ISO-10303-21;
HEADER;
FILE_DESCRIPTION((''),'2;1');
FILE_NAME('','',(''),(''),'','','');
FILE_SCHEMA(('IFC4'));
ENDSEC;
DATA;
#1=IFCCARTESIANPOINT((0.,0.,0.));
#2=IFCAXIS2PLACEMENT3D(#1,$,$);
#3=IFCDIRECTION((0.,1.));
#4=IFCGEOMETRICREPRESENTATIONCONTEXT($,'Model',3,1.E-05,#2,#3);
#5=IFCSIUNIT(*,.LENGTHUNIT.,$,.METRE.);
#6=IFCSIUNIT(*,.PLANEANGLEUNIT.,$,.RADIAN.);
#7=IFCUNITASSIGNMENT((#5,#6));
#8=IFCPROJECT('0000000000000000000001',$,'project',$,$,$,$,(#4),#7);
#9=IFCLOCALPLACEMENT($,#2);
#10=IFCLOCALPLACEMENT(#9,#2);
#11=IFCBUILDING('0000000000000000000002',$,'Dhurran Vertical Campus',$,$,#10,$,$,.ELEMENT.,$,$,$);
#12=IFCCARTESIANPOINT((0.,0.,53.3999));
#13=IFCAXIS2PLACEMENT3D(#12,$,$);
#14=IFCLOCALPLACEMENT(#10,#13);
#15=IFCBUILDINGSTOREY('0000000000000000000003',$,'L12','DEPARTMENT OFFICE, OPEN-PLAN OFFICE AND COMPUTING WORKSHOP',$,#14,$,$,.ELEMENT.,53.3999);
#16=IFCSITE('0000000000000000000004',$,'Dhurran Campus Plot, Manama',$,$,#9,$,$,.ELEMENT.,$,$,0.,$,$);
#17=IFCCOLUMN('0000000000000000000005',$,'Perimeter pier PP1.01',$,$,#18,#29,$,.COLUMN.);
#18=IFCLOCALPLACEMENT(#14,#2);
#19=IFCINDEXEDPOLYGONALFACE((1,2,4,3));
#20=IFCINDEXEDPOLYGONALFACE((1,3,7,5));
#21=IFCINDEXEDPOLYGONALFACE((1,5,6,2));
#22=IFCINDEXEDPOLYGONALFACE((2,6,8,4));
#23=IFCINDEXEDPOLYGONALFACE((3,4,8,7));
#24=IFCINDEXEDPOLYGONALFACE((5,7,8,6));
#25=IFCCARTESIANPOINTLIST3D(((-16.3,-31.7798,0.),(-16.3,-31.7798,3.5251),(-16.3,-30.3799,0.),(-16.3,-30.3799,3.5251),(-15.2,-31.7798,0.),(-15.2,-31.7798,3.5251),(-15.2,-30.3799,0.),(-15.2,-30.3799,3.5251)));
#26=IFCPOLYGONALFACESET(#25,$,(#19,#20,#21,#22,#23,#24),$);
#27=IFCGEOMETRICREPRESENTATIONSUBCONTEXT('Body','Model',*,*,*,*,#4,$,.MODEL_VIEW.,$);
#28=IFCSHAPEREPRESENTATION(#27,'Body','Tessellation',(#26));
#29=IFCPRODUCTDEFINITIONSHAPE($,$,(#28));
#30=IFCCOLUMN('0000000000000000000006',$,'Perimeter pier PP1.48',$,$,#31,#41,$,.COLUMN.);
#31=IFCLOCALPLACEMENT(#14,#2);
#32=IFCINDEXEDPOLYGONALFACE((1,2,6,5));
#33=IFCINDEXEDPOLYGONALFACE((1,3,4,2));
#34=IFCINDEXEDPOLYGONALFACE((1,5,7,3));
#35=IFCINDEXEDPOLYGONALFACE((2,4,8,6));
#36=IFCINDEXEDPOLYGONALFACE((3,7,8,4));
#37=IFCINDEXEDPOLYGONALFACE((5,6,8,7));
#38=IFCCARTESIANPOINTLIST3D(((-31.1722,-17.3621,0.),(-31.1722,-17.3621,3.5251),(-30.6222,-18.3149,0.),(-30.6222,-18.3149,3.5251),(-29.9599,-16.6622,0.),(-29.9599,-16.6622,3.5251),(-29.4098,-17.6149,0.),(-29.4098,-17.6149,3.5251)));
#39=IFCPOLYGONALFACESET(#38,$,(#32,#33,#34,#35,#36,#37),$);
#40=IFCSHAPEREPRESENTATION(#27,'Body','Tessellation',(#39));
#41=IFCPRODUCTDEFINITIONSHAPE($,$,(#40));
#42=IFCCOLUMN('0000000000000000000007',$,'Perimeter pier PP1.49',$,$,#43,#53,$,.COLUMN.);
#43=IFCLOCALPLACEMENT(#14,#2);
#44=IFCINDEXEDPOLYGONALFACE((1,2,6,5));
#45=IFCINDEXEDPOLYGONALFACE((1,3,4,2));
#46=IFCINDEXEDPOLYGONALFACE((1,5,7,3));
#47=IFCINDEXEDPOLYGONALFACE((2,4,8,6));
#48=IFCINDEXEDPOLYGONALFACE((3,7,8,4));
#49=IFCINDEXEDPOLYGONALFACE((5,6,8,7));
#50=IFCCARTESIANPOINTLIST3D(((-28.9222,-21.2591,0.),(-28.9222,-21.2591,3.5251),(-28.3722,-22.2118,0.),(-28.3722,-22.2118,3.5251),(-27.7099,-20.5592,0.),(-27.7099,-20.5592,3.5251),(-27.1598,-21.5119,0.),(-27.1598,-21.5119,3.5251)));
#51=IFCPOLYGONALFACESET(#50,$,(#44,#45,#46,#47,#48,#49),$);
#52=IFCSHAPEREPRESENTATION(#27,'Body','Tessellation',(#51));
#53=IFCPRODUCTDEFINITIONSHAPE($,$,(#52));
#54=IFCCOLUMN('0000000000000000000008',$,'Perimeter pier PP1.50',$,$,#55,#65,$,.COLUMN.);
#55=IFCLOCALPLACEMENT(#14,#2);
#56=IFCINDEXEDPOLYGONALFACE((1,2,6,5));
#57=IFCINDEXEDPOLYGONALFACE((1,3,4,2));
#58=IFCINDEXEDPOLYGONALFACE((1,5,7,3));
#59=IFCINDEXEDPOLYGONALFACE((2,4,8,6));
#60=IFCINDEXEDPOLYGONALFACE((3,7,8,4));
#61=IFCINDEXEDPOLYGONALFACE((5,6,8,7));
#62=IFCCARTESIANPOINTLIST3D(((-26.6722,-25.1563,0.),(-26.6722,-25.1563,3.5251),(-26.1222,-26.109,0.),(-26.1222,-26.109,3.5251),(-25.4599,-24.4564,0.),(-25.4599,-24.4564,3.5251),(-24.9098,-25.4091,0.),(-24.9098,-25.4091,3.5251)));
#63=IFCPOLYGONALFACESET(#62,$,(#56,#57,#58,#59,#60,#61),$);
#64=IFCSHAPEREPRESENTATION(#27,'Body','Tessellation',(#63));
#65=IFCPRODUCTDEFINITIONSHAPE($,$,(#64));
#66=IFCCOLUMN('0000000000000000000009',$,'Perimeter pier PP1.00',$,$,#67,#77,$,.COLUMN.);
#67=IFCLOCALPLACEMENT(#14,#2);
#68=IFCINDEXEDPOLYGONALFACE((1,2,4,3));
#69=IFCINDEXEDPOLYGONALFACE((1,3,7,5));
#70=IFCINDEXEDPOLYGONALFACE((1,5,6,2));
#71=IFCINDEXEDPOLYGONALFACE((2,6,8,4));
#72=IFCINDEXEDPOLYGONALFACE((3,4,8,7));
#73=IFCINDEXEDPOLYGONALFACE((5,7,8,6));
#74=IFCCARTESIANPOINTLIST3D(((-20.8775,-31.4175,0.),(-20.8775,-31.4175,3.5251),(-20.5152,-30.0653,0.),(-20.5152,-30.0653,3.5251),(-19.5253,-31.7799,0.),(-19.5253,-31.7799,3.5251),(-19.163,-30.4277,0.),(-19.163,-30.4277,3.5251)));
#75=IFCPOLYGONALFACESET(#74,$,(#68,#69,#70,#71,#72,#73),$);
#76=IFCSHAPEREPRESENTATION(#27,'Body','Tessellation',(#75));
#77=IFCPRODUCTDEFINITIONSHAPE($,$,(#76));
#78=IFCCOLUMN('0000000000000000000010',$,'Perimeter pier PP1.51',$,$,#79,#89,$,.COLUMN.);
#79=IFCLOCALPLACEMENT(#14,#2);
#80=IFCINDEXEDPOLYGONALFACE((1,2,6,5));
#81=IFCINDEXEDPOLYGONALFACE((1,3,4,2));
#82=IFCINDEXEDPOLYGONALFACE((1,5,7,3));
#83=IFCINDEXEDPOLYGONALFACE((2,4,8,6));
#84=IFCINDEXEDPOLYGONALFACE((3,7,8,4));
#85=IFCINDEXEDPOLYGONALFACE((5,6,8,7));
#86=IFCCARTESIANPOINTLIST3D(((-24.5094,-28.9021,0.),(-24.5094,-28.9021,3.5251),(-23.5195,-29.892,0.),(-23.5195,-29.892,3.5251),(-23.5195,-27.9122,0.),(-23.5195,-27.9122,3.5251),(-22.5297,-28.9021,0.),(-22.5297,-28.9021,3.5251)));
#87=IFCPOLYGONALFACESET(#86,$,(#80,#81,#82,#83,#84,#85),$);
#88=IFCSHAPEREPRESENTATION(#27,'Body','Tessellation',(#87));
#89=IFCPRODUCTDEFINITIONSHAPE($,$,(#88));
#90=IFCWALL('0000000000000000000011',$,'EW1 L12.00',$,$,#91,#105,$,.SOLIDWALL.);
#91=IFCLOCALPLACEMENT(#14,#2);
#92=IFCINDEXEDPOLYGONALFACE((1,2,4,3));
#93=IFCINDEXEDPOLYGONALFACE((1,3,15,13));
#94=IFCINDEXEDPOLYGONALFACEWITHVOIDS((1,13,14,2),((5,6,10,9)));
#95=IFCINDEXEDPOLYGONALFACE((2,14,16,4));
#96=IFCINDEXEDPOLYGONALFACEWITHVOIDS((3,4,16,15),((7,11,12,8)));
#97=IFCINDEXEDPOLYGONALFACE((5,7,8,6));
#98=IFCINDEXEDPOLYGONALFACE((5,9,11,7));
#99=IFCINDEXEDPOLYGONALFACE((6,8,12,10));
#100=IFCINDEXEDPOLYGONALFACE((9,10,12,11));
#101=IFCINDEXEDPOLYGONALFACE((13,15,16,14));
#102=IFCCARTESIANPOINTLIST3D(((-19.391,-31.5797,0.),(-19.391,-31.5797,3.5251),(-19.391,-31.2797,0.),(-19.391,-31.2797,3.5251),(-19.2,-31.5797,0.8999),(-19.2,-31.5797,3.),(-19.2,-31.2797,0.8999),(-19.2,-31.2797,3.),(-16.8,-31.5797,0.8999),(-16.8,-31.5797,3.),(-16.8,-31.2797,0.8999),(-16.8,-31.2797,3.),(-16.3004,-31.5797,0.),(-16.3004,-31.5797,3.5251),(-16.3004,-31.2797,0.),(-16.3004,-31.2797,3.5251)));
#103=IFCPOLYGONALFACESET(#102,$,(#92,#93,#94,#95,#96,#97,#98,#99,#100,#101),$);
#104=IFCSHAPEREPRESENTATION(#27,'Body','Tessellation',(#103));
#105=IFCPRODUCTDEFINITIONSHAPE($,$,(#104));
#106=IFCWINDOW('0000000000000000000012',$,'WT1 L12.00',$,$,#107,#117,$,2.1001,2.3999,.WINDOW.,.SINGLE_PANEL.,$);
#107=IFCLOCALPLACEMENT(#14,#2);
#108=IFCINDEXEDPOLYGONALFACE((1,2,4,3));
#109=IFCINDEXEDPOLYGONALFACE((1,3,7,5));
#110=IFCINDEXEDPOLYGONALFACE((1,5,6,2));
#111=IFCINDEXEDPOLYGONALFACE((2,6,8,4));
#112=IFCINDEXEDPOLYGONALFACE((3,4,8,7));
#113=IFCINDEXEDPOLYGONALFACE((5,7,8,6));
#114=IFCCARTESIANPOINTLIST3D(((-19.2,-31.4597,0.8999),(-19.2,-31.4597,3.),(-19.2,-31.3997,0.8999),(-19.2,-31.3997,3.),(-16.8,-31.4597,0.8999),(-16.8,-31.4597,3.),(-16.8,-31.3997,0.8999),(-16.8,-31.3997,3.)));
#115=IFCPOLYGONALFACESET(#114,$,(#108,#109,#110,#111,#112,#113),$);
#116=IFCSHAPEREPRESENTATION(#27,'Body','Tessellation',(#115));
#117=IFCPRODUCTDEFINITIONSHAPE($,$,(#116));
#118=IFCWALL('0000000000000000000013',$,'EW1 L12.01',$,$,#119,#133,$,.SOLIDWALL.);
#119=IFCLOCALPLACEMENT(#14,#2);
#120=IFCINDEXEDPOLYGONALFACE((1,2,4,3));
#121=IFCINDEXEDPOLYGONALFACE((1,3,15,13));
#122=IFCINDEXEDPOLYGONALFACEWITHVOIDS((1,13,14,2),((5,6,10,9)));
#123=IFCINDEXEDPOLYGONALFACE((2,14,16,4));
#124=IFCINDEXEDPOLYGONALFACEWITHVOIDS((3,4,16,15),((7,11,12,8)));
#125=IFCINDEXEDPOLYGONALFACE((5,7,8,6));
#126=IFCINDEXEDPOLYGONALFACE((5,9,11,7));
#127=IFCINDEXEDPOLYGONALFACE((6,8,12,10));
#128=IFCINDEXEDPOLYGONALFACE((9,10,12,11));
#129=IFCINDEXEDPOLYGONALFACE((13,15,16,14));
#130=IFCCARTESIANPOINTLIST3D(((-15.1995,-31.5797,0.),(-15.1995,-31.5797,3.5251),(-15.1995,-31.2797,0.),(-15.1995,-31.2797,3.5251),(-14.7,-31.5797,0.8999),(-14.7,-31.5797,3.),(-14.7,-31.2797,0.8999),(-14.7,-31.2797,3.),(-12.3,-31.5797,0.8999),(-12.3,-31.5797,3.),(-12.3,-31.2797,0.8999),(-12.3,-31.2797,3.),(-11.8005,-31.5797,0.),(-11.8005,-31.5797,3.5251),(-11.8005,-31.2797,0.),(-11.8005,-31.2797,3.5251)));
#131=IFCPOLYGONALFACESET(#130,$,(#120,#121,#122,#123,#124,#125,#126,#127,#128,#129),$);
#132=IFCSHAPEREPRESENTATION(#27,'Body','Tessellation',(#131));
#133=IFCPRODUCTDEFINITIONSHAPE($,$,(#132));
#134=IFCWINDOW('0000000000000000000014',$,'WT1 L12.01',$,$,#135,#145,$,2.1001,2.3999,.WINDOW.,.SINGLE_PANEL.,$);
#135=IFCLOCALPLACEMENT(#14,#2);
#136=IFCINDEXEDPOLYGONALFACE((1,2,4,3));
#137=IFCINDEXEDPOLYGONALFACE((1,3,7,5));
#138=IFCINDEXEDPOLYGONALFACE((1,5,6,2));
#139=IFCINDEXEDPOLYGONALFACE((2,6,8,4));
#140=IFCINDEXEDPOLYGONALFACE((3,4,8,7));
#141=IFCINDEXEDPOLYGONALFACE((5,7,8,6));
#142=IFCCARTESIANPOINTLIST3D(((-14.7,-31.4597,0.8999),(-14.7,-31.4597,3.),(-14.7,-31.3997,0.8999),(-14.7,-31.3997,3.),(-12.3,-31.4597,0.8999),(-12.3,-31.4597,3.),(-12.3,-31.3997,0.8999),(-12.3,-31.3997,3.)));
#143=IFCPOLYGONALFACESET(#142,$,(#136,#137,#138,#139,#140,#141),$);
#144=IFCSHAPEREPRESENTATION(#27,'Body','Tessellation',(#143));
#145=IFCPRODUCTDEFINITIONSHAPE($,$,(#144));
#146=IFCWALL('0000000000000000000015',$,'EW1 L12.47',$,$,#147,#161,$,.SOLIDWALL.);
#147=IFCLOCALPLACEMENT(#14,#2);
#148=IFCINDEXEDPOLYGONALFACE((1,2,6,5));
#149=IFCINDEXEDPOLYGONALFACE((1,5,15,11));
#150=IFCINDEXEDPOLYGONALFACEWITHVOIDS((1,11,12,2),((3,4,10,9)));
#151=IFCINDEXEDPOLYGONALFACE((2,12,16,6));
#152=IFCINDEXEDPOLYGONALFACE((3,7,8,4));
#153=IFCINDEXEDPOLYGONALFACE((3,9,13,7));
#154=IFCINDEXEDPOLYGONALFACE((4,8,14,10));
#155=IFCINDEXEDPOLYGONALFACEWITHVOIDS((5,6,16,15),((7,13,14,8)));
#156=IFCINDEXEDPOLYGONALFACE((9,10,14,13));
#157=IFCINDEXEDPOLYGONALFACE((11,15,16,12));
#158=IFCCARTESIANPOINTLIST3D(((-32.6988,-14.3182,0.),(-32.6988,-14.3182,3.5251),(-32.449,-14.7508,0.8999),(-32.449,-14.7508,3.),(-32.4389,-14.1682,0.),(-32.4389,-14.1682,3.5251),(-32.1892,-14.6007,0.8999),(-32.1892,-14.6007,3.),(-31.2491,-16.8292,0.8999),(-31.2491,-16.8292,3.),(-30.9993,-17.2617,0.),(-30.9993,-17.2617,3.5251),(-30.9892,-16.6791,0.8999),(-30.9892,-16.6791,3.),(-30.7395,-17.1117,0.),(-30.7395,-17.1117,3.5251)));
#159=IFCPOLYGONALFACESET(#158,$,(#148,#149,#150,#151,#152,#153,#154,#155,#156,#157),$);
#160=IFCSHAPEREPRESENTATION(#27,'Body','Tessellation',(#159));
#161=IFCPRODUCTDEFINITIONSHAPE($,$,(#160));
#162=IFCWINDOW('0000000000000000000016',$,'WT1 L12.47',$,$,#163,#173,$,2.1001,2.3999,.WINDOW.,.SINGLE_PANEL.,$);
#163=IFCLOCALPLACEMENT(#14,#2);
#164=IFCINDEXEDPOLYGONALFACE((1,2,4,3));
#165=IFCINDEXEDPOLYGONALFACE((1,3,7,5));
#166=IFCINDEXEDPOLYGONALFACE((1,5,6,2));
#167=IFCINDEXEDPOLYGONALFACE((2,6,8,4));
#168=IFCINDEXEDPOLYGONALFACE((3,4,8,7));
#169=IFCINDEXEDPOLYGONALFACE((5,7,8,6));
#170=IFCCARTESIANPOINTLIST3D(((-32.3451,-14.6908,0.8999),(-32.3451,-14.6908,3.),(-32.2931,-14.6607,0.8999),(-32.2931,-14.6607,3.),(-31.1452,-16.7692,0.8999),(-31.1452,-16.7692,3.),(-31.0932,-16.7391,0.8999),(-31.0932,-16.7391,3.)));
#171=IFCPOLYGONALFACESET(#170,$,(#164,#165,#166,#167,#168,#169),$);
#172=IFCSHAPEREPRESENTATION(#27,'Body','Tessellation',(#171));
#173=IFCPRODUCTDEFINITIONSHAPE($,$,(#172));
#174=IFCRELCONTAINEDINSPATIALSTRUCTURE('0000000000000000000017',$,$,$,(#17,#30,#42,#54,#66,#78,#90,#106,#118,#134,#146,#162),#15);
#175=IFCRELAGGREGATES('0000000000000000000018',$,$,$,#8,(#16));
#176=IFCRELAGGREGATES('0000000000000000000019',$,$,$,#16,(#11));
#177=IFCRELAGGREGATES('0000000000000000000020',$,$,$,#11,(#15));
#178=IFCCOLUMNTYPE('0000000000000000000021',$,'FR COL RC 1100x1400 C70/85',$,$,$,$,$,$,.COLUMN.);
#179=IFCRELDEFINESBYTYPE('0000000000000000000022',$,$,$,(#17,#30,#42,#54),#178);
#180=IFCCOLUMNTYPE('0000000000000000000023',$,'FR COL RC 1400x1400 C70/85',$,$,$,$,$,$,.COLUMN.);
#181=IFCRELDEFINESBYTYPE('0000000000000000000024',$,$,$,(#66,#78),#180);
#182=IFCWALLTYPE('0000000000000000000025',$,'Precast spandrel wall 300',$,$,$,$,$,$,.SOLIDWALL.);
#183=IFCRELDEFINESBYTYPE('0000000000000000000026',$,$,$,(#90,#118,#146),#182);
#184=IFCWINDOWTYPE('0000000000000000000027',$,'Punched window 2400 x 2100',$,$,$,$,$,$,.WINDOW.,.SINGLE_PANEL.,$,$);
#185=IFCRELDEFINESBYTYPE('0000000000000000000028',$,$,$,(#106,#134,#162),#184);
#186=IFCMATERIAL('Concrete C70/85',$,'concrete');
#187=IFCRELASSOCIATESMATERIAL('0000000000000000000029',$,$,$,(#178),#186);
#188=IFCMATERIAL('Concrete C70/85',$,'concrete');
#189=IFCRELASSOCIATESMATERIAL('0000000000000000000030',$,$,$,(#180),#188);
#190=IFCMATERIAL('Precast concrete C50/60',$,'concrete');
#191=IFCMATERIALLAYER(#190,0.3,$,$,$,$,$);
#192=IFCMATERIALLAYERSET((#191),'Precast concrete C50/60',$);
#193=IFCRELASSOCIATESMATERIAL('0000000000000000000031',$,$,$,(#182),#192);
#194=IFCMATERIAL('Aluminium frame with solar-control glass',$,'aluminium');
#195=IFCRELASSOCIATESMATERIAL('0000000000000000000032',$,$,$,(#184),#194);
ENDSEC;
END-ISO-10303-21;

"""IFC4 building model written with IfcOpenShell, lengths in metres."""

from ifc_helpers import new_model, si_unit, direction, frame, frame_2d, origin, origin_2d, place, context, subcontext, project, spatial, rectangle, extrude, material, layer, layer_set, material_profile, profile_set, type_object, element, fill, save


model = new_model("IFC4")

# Units and contexts
model_context = context("Model", 3, precision=1e-05, world=origin(), true_north=direction((0.0, 1.0)))
body_context = subcontext(model_context, "Body", "Model", "MODEL_VIEW")
ifc_project = project(units=[si_unit("LENGTHUNIT", "METRE"), si_unit("PLANEANGLEUNIT", "RADIAN")], contexts=[model_context])

# Site, building, storey
site_placement = place(None, origin())
site = spatial("IfcSite", under=ifc_project, at=site_placement, Name="Dhurran Campus Plot, Manama", CompositionType="ELEMENT", RefElevation=0.0)
building_placement = place(site_placement, origin())
building = spatial("IfcBuilding", under=site, at=building_placement, Name="Dhurran Vertical Campus", CompositionType="ELEMENT")
storey_placement = place(building_placement, frame((0.0, 0.0, 53.3999)))
storey = spatial("IfcBuildingStorey", under=building, at=storey_placement, Name="L12", Description="DEPARTMENT OFFICE, OPEN-PLAN OFFICE AND COMPUTING WORKSHOP", CompositionType="ELEMENT", Elevation=53.3999)

# Columns
ifc_material_1 = material(Name="Concrete C70/85", Category="concrete")
ifc_material_profile_1 = material_profile(ifc_material_1, rectangle(XDim=1.1001, YDim=1.3999, at=origin_2d()), Name="RC 1100x1400")
ifc_profile_set_1 = profile_set([ifc_material_profile_1], Name="Concrete C70/85")
column_type_1 = type_object("IfcColumnType", Name="FR COL RC 1100x1400 C70/85", PredefinedType="COLUMN", material=ifc_profile_set_1)
for number, where, z_axis, x_axis, name in (
    (1, (-15.75, -31.0798, 0.0), (0.0, 0.0, 1.0), (1.0, 0.0, 0.0), "Perimeter pier PP1.01"),
    (2, (-30.291, -17.4885, 0.0), (0.0, 0.0, 1.0), (0.5, -0.866025, 0.0), "Perimeter pier PP1.48"),
    (3, (-28.041, -21.3855, 0.0), (0.0, 0.0, 1.0), (0.5, -0.866025, 0.0), "Perimeter pier PP1.49"),
    (4, (-25.791, -25.2827, 0.0), (0.0, 0.0, 1.0), (0.5, -0.866025, 0.0), "Perimeter pier PP1.50"),
):
    element("IfcColumn", number, at=place(storey_placement, frame(where, z_axis=z_axis, x_axis=x_axis)), inside=storey, type_object=column_type_1, Name=name, PredefinedType="COLUMN", context=body_context, shape_type="SweptSolid", body=[
        extrude(rectangle(XDim=1.1001, YDim=1.3999, at=origin_2d()), origin(), (0.0, 0.0, 1.0), 3.5251),
    ])
ifc_material_2 = material(Name="Concrete C70/85", Category="concrete")
ifc_material_profile_2 = material_profile(ifc_material_2, rectangle(XDim=1.3999, YDim=1.3999, at=origin_2d()), Name="RC 1400x1400")
ifc_profile_set_2 = profile_set([ifc_material_profile_2], Name="Concrete C70/85")
column_type_2 = type_object("IfcColumnType", Name="FR COL RC 1400x1400 C70/85", PredefinedType="COLUMN", material=ifc_profile_set_2)
for number, where, z_axis, x_axis, name in (
    (5, (-20.0203, -30.9226, 0.0), (0.0, 0.0, 1.0), (0.965926, -0.258819, 0.0), "Perimeter pier PP1.00"),
    (6, (-23.5195, -28.9021, 0.0), (0.0, 0.0, 1.0), (0.707107, -0.707107, 0.0), "Perimeter pier PP1.51"),
):
    element("IfcColumn", number, at=place(storey_placement, frame(where, z_axis=z_axis, x_axis=x_axis)), inside=storey, type_object=column_type_2, Name=name, PredefinedType="COLUMN", context=body_context, shape_type="SweptSolid", body=[
        extrude(rectangle(XDim=1.3999, YDim=1.3999, at=origin_2d()), origin(), (0.0, 0.0, 1.0), 3.5251),
    ])

# Walls, openings, windows
ifc_material_3 = material(Name="Precast concrete C50/60", Category="concrete")
ifc_layer_1 = layer(ifc_material_3, 0.3)
ifc_layer_set_1 = layer_set([ifc_layer_1], Name="Precast concrete C50/60")
wall_type_1 = type_object("IfcWallType", Name="Precast spandrel wall 300", PredefinedType="SOLIDWALL", material=ifc_layer_set_1)
wall_1_placement = place(storey_placement, frame((-19.3911, -31.4297, 0.0), z_axis=(0.0, 0.0, 1.0), x_axis=(1.0, 0.0, 0.0)))
wall_1 = element("IfcWall", 7, at=wall_1_placement, inside=storey, type_object=wall_type_1, Name="EW1 L12.00", PredefinedType="SOLIDWALL", context=body_context, shape_type="SweptSolid", body=[
    extrude(rectangle(XDim=3.0906, YDim=0.3, at=frame_2d((1.5454, 0.0))), origin(), (0.0, 0.0, 1.0), 3.5251),
])
opening_1_placement = place(wall_1_placement, frame((0.1912, 0.0, 0.8999)))
opening_1 = element("IfcOpeningElement", 8, at=opening_1_placement, cuts=wall_1, PredefinedType="OPENING", context=body_context, shape_type="SweptSolid", body=[
    extrude(rectangle(XDim=2.3999, YDim=2.1001, at=frame_2d((1.2, 1.05))), frame((0.0, 0.1599, 0.0), z_axis=(0.0, -1.0, 0.0), x_axis=(1.0, 0.0, 0.0)), (0.0, 0.0, 1.0), 0.3201),
])
ifc_material_4 = material(Name="Aluminium frame with solar-control glass", Category="aluminium")
window_type = type_object("IfcWindowType", Name="Punched window 2400 x 2100", PartitioningType="SINGLE_PANEL", PredefinedType="WINDOW", material=ifc_material_4)
window_1_placement = place(opening_1_placement, origin())
window_1 = element("IfcWindow", 9, at=window_1_placement, inside=storey, type_object=window_type, Name="WT1 L12.00", OverallHeight=2.1001, OverallWidth=2.3999, PartitioningType="SINGLE_PANEL", PredefinedType="WINDOW", context=body_context, shape_type="SweptSolid", body=[
    extrude(rectangle(XDim=2.3999, YDim=2.1001, at=frame_2d((1.2, 1.05))), frame((0.0, 0.03, 0.0), z_axis=(0.0, -1.0, 0.0), x_axis=(1.0, 0.0, 0.0)), (0.0, 0.0, 1.0), 0.0601),
])
fill(opening_1, window_1)
wall_2_placement = place(storey_placement, frame((-15.1995, -31.4297, 0.0), z_axis=(0.0, 0.0, 1.0), x_axis=(1.0, 0.0, 0.0)))
wall_2 = element("IfcWall", 10, at=wall_2_placement, inside=storey, type_object=wall_type_1, Name="EW1 L12.01", PredefinedType="SOLIDWALL", context=body_context, shape_type="SweptSolid", body=[
    extrude(rectangle(XDim=3.3989, YDim=0.3, at=frame_2d((1.6995, 0.0))), origin(), (0.0, 0.0, 1.0), 3.5251),
])
opening_2_placement = place(wall_2_placement, frame((0.4995, 0.0, 0.8999)))
opening_2 = element("IfcOpeningElement", 11, at=opening_2_placement, cuts=wall_2, PredefinedType="OPENING", context=body_context, shape_type="SweptSolid", body=[
    extrude(rectangle(XDim=2.3999, YDim=2.1001, at=frame_2d((1.2, 1.05))), frame((0.0, 0.1599, 0.0), z_axis=(0.0, -1.0, 0.0), x_axis=(1.0, 0.0, 0.0)), (0.0, 0.0, 1.0), 0.3201),
])
window_2_placement = place(opening_2_placement, origin())
window_2 = element("IfcWindow", 12, at=window_2_placement, inside=storey, type_object=window_type, Name="WT1 L12.01", OverallHeight=2.1001, OverallWidth=2.3999, PartitioningType="SINGLE_PANEL", PredefinedType="WINDOW", context=body_context, shape_type="SweptSolid", body=[
    extrude(rectangle(XDim=2.3999, YDim=2.1001, at=frame_2d((1.2, 1.05))), frame((0.0, 0.03, 0.0), z_axis=(0.0, -1.0, 0.0), x_axis=(1.0, 0.0, 0.0)), (0.0, 0.0, 1.0), 0.0601),
])
fill(opening_2, window_2)
wall_3_placement = place(storey_placement, frame((-32.5688, -14.2432, 0.0), z_axis=(0.0, 0.0, 1.0), x_axis=(0.499994, -0.866029, 0.0)))
wall_3 = element("IfcWall", 13, at=wall_3_placement, inside=storey, type_object=wall_type_1, Name="EW1 L12.47", PredefinedType="SOLIDWALL", context=body_context, shape_type="SweptSolid", body=[
    extrude(rectangle(XDim=3.3989, YDim=0.3, at=frame_2d((1.6995, 0.0))), origin(), (0.0, 0.0, 1.0), 3.5251),
])
opening_3_placement = place(wall_3_placement, frame((0.4995, 0.0, 0.8999)))
opening_3 = element("IfcOpeningElement", 14, at=opening_3_placement, cuts=wall_3, PredefinedType="OPENING", context=body_context, shape_type="SweptSolid", body=[
    extrude(rectangle(XDim=2.3999, YDim=2.1001, at=frame_2d((1.2, 1.05))), frame((0.0, 0.1599, 0.0), z_axis=(0.0, -1.0, 0.0), x_axis=(1.0, 0.0, 0.0)), (0.0, 0.0, 1.0), 0.3201),
])
window_3_placement = place(opening_3_placement, origin())
window_3 = element("IfcWindow", 15, at=window_3_placement, inside=storey, type_object=window_type, Name="WT1 L12.47", OverallHeight=2.1001, OverallWidth=2.3999, PartitioningType="SINGLE_PANEL", PredefinedType="WINDOW", context=body_context, shape_type="SweptSolid", body=[
    extrude(rectangle(XDim=2.3999, YDim=2.1001, at=frame_2d((1.2, 1.05))), frame((0.0, 0.03, 0.0), z_axis=(0.0, -1.0, 0.0), x_axis=(1.0, 0.0, 0.0)), (0.0, 0.0, 1.0), 0.0601),
])
fill(opening_3, window_3)

save(model, "model.ifc")
